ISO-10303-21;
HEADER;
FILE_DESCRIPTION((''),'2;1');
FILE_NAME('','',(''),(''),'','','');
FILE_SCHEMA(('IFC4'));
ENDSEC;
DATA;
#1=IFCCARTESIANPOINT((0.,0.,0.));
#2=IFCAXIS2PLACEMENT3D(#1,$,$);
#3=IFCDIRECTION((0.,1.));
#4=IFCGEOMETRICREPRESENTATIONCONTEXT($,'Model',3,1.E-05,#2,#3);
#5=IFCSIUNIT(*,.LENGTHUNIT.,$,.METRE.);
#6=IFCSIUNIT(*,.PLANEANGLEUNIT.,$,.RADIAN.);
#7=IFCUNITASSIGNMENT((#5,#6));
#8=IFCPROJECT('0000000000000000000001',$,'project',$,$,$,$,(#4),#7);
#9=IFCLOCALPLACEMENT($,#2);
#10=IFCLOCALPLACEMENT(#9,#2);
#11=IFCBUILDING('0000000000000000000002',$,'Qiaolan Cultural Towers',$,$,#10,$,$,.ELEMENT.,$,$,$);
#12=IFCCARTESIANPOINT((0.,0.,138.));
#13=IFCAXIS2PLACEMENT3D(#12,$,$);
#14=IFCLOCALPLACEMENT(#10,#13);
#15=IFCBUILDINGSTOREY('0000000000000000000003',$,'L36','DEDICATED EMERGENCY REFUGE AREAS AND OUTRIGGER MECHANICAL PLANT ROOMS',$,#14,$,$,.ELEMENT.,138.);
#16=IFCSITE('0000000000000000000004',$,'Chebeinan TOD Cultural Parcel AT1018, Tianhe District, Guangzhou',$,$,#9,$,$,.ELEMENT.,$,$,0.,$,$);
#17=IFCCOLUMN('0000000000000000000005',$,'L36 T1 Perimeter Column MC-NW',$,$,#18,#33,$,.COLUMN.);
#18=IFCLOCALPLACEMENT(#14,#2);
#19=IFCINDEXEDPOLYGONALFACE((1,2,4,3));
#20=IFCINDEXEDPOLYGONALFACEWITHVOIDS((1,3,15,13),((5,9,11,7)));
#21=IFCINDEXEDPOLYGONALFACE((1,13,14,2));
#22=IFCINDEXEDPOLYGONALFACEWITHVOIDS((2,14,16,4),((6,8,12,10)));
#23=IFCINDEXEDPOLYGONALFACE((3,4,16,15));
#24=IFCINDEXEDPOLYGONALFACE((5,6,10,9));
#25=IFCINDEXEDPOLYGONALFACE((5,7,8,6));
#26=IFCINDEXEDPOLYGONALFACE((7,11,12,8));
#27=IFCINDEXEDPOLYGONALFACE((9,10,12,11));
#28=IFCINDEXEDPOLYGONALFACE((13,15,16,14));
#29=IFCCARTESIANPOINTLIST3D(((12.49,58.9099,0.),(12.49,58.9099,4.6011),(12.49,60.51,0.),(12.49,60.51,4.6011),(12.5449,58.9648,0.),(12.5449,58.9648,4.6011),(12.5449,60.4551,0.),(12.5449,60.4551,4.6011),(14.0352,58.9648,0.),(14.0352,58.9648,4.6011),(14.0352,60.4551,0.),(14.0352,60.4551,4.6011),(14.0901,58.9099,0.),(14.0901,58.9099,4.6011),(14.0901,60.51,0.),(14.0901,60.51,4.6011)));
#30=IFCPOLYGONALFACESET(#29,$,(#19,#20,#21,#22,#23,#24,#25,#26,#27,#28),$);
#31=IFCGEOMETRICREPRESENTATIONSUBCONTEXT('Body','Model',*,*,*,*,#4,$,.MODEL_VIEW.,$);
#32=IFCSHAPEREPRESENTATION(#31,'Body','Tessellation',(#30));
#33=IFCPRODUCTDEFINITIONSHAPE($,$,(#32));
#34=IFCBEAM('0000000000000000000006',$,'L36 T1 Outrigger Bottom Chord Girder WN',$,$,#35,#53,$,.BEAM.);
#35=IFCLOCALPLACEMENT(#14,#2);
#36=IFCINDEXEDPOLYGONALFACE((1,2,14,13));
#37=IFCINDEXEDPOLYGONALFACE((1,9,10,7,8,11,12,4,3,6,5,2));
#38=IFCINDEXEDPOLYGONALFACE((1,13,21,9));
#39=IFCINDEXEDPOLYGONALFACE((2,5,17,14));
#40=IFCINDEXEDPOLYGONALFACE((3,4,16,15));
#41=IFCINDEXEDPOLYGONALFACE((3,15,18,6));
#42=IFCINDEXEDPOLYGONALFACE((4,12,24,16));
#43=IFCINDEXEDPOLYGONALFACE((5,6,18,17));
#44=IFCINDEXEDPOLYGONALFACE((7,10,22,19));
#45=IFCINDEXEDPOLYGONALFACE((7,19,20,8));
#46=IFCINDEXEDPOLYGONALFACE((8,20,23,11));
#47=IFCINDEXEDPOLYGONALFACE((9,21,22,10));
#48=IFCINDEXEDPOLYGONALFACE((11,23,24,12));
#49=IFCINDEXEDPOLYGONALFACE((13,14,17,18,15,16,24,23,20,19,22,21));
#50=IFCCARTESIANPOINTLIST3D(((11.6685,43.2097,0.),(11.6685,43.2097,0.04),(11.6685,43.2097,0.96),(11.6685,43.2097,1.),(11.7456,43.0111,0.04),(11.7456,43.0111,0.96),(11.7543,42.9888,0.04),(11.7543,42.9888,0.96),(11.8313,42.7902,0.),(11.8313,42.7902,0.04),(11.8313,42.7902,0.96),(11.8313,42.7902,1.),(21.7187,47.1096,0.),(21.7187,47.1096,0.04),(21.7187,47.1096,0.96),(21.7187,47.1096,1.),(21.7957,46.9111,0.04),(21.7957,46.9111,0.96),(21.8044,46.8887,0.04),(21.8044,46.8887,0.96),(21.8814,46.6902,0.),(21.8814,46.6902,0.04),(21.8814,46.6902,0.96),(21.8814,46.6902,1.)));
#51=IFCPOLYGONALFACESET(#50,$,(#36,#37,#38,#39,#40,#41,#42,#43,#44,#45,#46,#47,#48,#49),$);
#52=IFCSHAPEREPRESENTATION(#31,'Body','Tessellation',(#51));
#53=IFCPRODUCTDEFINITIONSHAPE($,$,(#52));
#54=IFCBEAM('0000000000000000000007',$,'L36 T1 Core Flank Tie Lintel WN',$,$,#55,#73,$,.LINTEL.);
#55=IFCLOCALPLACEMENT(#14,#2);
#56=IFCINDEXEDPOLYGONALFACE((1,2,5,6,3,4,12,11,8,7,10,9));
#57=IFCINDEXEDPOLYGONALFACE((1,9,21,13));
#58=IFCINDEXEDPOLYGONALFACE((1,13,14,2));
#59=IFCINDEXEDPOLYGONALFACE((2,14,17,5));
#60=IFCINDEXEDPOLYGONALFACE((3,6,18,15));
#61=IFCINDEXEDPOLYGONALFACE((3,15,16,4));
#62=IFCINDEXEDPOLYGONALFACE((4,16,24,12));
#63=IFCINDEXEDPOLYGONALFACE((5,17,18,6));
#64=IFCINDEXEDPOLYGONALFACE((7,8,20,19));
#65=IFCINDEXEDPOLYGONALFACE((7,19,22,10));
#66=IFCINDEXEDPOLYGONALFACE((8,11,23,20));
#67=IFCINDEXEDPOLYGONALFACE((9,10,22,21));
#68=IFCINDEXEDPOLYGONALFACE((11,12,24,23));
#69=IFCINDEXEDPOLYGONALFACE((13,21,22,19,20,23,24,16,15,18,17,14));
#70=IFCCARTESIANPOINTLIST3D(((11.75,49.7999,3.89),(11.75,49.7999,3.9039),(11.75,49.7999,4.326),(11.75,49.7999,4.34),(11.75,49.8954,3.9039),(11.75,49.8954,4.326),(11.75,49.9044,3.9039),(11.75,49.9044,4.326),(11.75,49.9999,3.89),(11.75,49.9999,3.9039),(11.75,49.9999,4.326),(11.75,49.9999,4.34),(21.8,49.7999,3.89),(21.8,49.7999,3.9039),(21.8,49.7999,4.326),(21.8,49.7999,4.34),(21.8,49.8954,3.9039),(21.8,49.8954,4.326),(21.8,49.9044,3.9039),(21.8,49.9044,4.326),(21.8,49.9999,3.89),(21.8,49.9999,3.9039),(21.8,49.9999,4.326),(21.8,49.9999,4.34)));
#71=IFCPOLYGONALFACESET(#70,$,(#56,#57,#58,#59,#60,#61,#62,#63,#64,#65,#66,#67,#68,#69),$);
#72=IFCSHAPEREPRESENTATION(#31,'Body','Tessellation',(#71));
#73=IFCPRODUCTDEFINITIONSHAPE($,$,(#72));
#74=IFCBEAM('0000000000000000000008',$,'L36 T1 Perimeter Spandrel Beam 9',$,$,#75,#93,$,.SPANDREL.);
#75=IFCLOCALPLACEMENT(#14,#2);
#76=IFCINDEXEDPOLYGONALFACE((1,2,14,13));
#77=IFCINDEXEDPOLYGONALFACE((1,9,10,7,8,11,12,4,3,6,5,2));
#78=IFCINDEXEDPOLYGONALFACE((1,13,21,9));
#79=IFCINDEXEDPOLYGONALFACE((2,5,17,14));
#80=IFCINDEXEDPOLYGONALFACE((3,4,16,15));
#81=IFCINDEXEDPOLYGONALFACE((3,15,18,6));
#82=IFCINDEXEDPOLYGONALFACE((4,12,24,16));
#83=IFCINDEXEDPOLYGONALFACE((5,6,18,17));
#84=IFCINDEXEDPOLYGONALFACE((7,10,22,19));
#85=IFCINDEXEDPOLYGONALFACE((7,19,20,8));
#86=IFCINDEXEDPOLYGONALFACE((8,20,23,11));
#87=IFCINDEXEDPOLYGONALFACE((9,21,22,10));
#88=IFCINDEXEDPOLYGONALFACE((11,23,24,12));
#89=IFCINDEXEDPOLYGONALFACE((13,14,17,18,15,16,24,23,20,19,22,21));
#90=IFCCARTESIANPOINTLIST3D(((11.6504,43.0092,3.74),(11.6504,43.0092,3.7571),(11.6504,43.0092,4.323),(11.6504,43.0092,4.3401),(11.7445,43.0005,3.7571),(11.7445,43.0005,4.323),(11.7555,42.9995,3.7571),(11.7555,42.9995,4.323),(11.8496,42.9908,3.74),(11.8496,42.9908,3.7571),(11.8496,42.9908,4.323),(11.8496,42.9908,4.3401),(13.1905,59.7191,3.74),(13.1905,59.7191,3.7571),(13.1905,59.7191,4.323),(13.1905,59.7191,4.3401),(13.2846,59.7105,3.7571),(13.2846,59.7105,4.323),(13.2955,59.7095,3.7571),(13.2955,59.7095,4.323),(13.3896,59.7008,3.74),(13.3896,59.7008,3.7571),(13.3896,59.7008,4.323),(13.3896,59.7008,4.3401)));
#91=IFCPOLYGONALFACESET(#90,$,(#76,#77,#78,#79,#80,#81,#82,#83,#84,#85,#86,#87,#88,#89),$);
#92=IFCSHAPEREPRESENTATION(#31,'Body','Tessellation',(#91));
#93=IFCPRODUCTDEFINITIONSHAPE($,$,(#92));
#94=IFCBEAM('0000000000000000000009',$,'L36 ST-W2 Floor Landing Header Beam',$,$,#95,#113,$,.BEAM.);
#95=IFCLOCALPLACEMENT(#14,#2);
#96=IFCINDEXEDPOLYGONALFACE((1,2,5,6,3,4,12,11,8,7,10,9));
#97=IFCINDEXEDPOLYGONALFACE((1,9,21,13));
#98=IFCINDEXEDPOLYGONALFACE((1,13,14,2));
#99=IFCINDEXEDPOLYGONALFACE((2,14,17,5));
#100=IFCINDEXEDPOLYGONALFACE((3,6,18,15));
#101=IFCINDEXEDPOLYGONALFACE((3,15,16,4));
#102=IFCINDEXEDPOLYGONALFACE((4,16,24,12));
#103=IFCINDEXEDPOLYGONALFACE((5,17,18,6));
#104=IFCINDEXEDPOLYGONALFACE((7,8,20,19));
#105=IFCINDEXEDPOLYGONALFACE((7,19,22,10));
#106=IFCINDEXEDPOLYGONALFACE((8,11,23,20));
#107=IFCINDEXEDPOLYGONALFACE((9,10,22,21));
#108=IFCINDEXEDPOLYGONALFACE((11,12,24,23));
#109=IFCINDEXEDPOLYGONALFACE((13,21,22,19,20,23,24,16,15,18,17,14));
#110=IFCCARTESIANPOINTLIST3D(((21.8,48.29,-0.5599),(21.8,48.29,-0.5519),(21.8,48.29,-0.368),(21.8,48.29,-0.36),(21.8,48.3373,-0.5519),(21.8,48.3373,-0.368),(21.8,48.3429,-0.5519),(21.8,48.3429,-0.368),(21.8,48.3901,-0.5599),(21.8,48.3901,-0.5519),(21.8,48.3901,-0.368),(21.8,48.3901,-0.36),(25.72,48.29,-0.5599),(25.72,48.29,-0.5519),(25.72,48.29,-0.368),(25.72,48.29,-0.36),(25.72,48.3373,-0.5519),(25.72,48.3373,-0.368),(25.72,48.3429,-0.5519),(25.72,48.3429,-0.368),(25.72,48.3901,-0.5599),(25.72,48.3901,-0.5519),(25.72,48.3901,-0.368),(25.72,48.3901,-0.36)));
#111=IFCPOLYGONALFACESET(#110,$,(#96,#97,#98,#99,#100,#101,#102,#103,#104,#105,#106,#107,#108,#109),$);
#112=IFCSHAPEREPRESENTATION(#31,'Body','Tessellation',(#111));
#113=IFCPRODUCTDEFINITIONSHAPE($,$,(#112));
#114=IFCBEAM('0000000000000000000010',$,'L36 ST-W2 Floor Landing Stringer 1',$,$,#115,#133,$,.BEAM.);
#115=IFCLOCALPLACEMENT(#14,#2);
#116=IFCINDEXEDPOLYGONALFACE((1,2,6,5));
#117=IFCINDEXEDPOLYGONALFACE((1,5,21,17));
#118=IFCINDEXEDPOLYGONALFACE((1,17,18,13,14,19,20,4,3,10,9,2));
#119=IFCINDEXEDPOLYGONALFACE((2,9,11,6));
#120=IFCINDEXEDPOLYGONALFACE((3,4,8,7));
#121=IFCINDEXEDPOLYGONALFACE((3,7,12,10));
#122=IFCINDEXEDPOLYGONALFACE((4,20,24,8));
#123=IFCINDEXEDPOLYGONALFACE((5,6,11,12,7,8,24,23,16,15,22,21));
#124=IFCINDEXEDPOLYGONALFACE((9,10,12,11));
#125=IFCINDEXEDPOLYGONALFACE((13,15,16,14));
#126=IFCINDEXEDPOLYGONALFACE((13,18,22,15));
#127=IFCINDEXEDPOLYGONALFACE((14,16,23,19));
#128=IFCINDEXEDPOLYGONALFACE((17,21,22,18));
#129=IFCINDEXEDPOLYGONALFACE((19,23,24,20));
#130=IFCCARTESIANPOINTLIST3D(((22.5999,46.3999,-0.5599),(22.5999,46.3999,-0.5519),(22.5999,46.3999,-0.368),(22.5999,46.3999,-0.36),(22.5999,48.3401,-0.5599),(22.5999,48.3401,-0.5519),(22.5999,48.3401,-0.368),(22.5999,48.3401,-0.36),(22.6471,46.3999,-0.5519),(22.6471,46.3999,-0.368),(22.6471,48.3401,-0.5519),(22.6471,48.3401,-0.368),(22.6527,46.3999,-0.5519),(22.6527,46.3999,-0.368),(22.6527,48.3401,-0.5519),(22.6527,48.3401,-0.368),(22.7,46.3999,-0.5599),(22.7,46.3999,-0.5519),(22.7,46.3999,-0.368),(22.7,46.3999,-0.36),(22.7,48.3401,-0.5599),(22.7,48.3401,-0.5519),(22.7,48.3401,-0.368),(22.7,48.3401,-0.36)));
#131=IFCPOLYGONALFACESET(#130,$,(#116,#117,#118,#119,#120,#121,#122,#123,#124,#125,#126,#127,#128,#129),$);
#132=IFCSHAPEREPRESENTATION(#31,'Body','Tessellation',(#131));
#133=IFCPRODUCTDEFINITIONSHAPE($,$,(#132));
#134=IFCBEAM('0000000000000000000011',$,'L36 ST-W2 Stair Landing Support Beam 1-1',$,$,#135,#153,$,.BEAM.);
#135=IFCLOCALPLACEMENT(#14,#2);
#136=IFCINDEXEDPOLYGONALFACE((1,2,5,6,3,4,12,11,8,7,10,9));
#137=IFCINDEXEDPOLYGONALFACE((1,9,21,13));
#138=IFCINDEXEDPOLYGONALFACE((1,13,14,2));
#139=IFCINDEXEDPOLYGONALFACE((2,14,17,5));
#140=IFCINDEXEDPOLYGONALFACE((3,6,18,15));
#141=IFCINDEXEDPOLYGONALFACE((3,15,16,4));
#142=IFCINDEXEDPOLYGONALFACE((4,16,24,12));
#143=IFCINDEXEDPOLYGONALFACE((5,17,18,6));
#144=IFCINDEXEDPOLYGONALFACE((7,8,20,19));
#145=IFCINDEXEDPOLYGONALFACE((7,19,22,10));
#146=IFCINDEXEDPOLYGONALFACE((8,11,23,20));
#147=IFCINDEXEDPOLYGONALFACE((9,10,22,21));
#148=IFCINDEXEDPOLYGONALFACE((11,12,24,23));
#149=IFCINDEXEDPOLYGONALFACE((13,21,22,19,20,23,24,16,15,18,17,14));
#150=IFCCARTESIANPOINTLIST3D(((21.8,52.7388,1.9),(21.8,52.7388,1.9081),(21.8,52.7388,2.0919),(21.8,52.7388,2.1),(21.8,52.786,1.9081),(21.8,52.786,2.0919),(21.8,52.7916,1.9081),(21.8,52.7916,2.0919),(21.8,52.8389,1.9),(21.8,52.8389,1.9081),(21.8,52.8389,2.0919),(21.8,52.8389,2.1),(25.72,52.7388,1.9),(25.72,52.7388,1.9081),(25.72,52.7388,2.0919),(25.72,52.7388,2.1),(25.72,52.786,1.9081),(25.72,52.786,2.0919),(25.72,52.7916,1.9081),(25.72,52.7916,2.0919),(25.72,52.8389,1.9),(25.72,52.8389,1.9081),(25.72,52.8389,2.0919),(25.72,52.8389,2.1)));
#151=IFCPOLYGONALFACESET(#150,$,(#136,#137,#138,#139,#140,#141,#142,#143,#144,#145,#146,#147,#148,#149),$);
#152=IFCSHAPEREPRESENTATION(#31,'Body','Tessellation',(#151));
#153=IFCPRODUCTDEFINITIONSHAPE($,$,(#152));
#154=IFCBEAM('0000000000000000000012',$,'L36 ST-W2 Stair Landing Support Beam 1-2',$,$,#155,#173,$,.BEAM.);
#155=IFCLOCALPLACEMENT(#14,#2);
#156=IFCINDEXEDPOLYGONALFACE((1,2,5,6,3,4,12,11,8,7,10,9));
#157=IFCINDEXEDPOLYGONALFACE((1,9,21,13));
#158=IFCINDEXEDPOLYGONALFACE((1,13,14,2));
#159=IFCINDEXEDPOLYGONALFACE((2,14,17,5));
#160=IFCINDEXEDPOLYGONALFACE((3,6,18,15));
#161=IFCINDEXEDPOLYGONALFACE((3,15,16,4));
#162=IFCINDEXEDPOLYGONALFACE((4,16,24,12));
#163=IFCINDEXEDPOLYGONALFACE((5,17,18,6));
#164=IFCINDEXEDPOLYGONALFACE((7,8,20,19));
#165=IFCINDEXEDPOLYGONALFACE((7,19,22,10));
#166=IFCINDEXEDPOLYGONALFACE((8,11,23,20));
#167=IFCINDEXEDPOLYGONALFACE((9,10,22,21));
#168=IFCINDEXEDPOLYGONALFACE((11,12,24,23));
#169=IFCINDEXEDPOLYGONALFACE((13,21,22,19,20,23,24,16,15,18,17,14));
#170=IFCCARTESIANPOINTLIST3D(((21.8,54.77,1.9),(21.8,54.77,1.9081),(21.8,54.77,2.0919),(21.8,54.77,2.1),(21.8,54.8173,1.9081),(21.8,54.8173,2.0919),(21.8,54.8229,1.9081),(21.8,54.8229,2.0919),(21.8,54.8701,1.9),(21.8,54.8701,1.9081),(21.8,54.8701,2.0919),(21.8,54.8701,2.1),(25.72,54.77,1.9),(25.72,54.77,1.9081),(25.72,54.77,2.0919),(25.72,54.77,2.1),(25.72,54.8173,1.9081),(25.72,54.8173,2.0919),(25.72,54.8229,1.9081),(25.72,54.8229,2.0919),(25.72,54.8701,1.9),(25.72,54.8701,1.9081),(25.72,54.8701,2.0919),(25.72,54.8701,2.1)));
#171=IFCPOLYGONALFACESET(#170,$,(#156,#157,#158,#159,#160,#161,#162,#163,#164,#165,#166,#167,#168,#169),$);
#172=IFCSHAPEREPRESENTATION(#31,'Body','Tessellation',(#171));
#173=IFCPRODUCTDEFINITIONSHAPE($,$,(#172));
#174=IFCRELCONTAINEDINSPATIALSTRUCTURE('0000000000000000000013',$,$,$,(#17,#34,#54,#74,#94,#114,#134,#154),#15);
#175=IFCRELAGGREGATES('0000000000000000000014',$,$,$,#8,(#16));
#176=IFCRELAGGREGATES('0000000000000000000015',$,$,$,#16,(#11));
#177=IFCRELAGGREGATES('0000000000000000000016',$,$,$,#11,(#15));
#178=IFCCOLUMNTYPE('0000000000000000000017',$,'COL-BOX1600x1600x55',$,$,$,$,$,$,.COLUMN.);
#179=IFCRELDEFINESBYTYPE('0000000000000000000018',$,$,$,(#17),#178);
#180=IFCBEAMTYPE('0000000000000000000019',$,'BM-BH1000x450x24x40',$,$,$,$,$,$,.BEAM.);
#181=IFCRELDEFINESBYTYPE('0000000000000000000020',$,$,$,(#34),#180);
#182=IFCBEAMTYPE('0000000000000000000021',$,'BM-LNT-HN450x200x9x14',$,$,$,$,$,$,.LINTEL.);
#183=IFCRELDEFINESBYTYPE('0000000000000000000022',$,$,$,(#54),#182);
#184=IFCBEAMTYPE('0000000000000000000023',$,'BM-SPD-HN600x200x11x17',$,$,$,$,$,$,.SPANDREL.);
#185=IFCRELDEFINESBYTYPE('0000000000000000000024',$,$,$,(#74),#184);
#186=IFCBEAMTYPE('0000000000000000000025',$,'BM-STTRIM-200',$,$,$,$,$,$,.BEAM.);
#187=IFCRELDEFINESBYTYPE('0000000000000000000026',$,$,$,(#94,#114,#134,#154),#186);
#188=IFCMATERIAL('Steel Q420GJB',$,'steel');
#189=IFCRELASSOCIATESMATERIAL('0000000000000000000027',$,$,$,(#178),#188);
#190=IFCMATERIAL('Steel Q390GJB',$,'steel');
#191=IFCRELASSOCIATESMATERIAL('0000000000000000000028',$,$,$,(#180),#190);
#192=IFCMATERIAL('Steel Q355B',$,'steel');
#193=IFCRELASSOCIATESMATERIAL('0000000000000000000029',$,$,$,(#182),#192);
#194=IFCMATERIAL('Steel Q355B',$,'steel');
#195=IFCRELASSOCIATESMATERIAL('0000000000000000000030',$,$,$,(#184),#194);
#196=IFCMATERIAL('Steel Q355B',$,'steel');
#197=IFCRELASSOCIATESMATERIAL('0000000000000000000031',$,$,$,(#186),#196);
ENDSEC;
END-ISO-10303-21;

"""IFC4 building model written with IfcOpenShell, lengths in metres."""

from ifc_helpers import new_model, si_unit, direction, frame, origin, origin_2d, place, context, subcontext, project, spatial, hollow_rectangle, i_section, extrude, material, material_profile, profile_set, type_object, element, save


model = new_model("IFC4")

# Units and contexts
model_context = context("Model", 3, precision=1e-05, world=origin(), true_north=direction((0.0, 1.0)))
body_context = subcontext(model_context, "Body", "Model", "MODEL_VIEW")
ifc_project = project(units=[si_unit("LENGTHUNIT", "METRE"), si_unit("PLANEANGLEUNIT", "RADIAN")], contexts=[model_context])

# Site, building, storey
site_placement = place(None, origin())
site = spatial("IfcSite", under=ifc_project, at=site_placement, Name="Chebeinan TOD Cultural Parcel AT1018, Tianhe District, Guangzhou", CompositionType="ELEMENT", RefElevation=0.0)
building_placement = place(site_placement, origin())
building = spatial("IfcBuilding", under=site, at=building_placement, Name="Qiaolan Cultural Towers", CompositionType="ELEMENT")
storey_placement = place(building_placement, frame((0.0, 0.0, 138.0)))
storey = spatial("IfcBuildingStorey", under=building, at=storey_placement, Name="L36", Description="DEDICATED EMERGENCY REFUGE AREAS AND OUTRIGGER MECHANICAL PLANT ROOMS", CompositionType="ELEMENT", Elevation=138.0)

# Column
ifc_material_1 = material(Name="Steel Q420GJB", Category="steel")
ifc_material_profile_1 = material_profile(ifc_material_1, hollow_rectangle(XDim=1.6001, YDim=1.6001, WallThickness=0.0549, at=origin_2d()), Name="BOX1600x1600x55")
ifc_profile_set_1 = profile_set([ifc_material_profile_1], Name="Steel Q420GJB")
column_type = type_object("IfcColumnType", Name="COL-BOX1600x1600x55", PredefinedType="COLUMN", material=ifc_profile_set_1)
column_placement = place(storey_placement, frame((13.29, 59.71, 0.0), z_axis=(0.0, 0.0, 1.0), x_axis=(1.0, 0.0, 0.0)))
element("IfcColumn", 1, at=column_placement, inside=storey, type_object=column_type, Name="L36 T1 Perimeter Column MC-NW", PredefinedType="COLUMN", context=body_context, shape_type="SweptSolid", body=[
    extrude(hollow_rectangle(XDim=1.6001, YDim=1.6001, WallThickness=0.0549, at=origin_2d()), origin(), (0.0, 0.0, 1.0), 4.6011),
])

# Beams
ifc_material_2 = material(Name="Steel Q390GJB", Category="steel")
ifc_material_profile_2 = material_profile(ifc_material_2, i_section(OverallWidth=0.45, OverallDepth=1.0, WebThickness=0.0239, FlangeThickness=0.04, at=origin_2d()), Name="BH1000x450x24x40")
ifc_profile_set_2 = profile_set([ifc_material_profile_2], Name="Steel Q390GJB")
beam_type_1 = type_object("IfcBeamType", Name="BM-BH1000x450x24x40", PredefinedType="BEAM", material=ifc_profile_set_2)
beam_1_placement = place(storey_placement, frame((21.8, 46.8999, 0.5), z_axis=(-0.932269, -0.361765, 0.0), x_axis=(0.361765, -0.932269, 0.0)))
element("IfcBeam", 2, at=beam_1_placement, inside=storey, type_object=beam_type_1, Name="L36 T1 Outrigger Bottom Chord Girder WN", PredefinedType="BEAM", context=body_context, shape_type="SweptSolid", body=[
    extrude(i_section(OverallWidth=0.45, OverallDepth=1.0, WebThickness=0.0239, FlangeThickness=0.04, at=origin_2d()), origin(), (0.0, 0.0, 1.0), 10.7803),
])
ifc_material_3 = material(Name="Steel Q355B", Category="steel")
ifc_material_profile_3 = material_profile(ifc_material_3, i_section(OverallWidth=0.2, OverallDepth=0.45, WebThickness=0.009, FlangeThickness=0.0139, at=origin_2d()), Name="HN450x200x9x14")
ifc_profile_set_3 = profile_set([ifc_material_profile_3], Name="Steel Q355B")
beam_type_2 = type_object("IfcBeamType", Name="BM-LNT-HN450x200x9x14", PredefinedType="LINTEL", material=ifc_profile_set_3)
beam_2_placement = place(storey_placement, frame((21.8, 49.8999, 4.115), z_axis=(-1.0, 0.0, 0.0), x_axis=(0.0, -1.0, 0.0)))
element("IfcBeam", 3, at=beam_2_placement, inside=storey, type_object=beam_type_2, Name="L36 T1 Core Flank Tie Lintel WN", PredefinedType="LINTEL", context=body_context, shape_type="SweptSolid", body=[
    extrude(i_section(OverallWidth=0.2, OverallDepth=0.45, WebThickness=0.009, FlangeThickness=0.0139, at=origin_2d()), origin(), (0.0, 0.0, 1.0), 10.05),
])
ifc_material_4 = material(Name="Steel Q355B", Category="steel")
ifc_material_profile_4 = material_profile(ifc_material_4, i_section(OverallWidth=0.2, OverallDepth=0.6001, WebThickness=0.011, FlangeThickness=0.0171, at=origin_2d()), Name="HN600x200x11x17")
ifc_profile_set_4 = profile_set([ifc_material_profile_4], Name="Steel Q355B")
beam_type_3 = type_object("IfcBeamType", Name="BM-SPD-HN600x200x11x17", PredefinedType="SPANDREL", material=ifc_profile_set_4)
beam_3_placement = place(storey_placement, frame((13.29, 59.71, 4.04), z_axis=(-0.091774, -0.99578, 0.0), x_axis=(0.99578, -0.091774, 0.0)))
element("IfcBeam", 4, at=beam_3_placement, inside=storey, type_object=beam_type_3, Name="L36 T1 Perimeter Spandrel Beam 9", PredefinedType="SPANDREL", context=body_context, shape_type="SweptSolid", body=[
    extrude(i_section(OverallWidth=0.2, OverallDepth=0.6001, WebThickness=0.011, FlangeThickness=0.0171, at=origin_2d()), origin(), (0.0, 0.0, 1.0), 16.7808),
])
ifc_material_5 = material(Name="Steel Q355B", Category="steel")
ifc_material_profile_5 = material_profile(ifc_material_5, i_section(OverallWidth=0.1001, OverallDepth=0.2, WebThickness=0.0056, FlangeThickness=0.0081, at=origin_2d()), Name="HN200x100x5.5x8")
ifc_profile_set_5 = profile_set([ifc_material_profile_5], Name="Steel Q355B")
beam_type_4 = type_object("IfcBeamType", Name="BM-STTRIM-200", PredefinedType="BEAM", material=ifc_profile_set_5)
beam_4_placement = place(storey_placement, frame((21.8, 48.3401, -0.46), z_axis=(1.0, 0.0, 0.0), x_axis=(0.0, 1.0, 0.0)))
element("IfcBeam", 5, at=beam_4_placement, inside=storey, type_object=beam_type_4, Name="L36 ST-W2 Floor Landing Header Beam", PredefinedType="BEAM", context=body_context, shape_type="SweptSolid", body=[
    extrude(i_section(OverallWidth=0.1001, OverallDepth=0.2, WebThickness=0.0056, FlangeThickness=0.0081, at=origin_2d()), origin(), (0.0, 0.0, 1.0), 3.9199),
])
beam_5_placement = place(storey_placement, frame((22.6499, 46.3999, -0.46), z_axis=(0.0, 1.0, 0.0), x_axis=(-1.0, 0.0, 0.0)))
element("IfcBeam", 6, at=beam_5_placement, inside=storey, type_object=beam_type_4, Name="L36 ST-W2 Floor Landing Stringer 1", PredefinedType="BEAM", context=body_context, shape_type="SweptSolid", body=[
    extrude(i_section(OverallWidth=0.1001, OverallDepth=0.2, WebThickness=0.0056, FlangeThickness=0.0081, at=origin_2d()), origin(), (0.0, 0.0, 1.0), 1.9402),
])
for number, where, z_axis, x_axis, name in (
    (7, (21.8, 52.7888, 2.0), (1.0, 0.0, 0.0), (0.0, 1.0, 0.0), "L36 ST-W2 Stair Landing Support Beam 1-1"),
    (8, (21.8, 54.8201, 2.0), (1.0, 0.0, 0.0), (0.0, 1.0, 0.0), "L36 ST-W2 Stair Landing Support Beam 1-2"),
):
    element("IfcBeam", number, at=place(storey_placement, frame(where, z_axis=z_axis, x_axis=x_axis)), inside=storey, type_object=beam_type_4, Name=name, PredefinedType="BEAM", context=body_context, shape_type="SweptSolid", body=[
        extrude(i_section(OverallWidth=0.1001, OverallDepth=0.2, WebThickness=0.0056, FlangeThickness=0.0081, at=origin_2d()), origin(), (0.0, 0.0, 1.0), 3.9199),
    ])

save(model, "model.ifc")
